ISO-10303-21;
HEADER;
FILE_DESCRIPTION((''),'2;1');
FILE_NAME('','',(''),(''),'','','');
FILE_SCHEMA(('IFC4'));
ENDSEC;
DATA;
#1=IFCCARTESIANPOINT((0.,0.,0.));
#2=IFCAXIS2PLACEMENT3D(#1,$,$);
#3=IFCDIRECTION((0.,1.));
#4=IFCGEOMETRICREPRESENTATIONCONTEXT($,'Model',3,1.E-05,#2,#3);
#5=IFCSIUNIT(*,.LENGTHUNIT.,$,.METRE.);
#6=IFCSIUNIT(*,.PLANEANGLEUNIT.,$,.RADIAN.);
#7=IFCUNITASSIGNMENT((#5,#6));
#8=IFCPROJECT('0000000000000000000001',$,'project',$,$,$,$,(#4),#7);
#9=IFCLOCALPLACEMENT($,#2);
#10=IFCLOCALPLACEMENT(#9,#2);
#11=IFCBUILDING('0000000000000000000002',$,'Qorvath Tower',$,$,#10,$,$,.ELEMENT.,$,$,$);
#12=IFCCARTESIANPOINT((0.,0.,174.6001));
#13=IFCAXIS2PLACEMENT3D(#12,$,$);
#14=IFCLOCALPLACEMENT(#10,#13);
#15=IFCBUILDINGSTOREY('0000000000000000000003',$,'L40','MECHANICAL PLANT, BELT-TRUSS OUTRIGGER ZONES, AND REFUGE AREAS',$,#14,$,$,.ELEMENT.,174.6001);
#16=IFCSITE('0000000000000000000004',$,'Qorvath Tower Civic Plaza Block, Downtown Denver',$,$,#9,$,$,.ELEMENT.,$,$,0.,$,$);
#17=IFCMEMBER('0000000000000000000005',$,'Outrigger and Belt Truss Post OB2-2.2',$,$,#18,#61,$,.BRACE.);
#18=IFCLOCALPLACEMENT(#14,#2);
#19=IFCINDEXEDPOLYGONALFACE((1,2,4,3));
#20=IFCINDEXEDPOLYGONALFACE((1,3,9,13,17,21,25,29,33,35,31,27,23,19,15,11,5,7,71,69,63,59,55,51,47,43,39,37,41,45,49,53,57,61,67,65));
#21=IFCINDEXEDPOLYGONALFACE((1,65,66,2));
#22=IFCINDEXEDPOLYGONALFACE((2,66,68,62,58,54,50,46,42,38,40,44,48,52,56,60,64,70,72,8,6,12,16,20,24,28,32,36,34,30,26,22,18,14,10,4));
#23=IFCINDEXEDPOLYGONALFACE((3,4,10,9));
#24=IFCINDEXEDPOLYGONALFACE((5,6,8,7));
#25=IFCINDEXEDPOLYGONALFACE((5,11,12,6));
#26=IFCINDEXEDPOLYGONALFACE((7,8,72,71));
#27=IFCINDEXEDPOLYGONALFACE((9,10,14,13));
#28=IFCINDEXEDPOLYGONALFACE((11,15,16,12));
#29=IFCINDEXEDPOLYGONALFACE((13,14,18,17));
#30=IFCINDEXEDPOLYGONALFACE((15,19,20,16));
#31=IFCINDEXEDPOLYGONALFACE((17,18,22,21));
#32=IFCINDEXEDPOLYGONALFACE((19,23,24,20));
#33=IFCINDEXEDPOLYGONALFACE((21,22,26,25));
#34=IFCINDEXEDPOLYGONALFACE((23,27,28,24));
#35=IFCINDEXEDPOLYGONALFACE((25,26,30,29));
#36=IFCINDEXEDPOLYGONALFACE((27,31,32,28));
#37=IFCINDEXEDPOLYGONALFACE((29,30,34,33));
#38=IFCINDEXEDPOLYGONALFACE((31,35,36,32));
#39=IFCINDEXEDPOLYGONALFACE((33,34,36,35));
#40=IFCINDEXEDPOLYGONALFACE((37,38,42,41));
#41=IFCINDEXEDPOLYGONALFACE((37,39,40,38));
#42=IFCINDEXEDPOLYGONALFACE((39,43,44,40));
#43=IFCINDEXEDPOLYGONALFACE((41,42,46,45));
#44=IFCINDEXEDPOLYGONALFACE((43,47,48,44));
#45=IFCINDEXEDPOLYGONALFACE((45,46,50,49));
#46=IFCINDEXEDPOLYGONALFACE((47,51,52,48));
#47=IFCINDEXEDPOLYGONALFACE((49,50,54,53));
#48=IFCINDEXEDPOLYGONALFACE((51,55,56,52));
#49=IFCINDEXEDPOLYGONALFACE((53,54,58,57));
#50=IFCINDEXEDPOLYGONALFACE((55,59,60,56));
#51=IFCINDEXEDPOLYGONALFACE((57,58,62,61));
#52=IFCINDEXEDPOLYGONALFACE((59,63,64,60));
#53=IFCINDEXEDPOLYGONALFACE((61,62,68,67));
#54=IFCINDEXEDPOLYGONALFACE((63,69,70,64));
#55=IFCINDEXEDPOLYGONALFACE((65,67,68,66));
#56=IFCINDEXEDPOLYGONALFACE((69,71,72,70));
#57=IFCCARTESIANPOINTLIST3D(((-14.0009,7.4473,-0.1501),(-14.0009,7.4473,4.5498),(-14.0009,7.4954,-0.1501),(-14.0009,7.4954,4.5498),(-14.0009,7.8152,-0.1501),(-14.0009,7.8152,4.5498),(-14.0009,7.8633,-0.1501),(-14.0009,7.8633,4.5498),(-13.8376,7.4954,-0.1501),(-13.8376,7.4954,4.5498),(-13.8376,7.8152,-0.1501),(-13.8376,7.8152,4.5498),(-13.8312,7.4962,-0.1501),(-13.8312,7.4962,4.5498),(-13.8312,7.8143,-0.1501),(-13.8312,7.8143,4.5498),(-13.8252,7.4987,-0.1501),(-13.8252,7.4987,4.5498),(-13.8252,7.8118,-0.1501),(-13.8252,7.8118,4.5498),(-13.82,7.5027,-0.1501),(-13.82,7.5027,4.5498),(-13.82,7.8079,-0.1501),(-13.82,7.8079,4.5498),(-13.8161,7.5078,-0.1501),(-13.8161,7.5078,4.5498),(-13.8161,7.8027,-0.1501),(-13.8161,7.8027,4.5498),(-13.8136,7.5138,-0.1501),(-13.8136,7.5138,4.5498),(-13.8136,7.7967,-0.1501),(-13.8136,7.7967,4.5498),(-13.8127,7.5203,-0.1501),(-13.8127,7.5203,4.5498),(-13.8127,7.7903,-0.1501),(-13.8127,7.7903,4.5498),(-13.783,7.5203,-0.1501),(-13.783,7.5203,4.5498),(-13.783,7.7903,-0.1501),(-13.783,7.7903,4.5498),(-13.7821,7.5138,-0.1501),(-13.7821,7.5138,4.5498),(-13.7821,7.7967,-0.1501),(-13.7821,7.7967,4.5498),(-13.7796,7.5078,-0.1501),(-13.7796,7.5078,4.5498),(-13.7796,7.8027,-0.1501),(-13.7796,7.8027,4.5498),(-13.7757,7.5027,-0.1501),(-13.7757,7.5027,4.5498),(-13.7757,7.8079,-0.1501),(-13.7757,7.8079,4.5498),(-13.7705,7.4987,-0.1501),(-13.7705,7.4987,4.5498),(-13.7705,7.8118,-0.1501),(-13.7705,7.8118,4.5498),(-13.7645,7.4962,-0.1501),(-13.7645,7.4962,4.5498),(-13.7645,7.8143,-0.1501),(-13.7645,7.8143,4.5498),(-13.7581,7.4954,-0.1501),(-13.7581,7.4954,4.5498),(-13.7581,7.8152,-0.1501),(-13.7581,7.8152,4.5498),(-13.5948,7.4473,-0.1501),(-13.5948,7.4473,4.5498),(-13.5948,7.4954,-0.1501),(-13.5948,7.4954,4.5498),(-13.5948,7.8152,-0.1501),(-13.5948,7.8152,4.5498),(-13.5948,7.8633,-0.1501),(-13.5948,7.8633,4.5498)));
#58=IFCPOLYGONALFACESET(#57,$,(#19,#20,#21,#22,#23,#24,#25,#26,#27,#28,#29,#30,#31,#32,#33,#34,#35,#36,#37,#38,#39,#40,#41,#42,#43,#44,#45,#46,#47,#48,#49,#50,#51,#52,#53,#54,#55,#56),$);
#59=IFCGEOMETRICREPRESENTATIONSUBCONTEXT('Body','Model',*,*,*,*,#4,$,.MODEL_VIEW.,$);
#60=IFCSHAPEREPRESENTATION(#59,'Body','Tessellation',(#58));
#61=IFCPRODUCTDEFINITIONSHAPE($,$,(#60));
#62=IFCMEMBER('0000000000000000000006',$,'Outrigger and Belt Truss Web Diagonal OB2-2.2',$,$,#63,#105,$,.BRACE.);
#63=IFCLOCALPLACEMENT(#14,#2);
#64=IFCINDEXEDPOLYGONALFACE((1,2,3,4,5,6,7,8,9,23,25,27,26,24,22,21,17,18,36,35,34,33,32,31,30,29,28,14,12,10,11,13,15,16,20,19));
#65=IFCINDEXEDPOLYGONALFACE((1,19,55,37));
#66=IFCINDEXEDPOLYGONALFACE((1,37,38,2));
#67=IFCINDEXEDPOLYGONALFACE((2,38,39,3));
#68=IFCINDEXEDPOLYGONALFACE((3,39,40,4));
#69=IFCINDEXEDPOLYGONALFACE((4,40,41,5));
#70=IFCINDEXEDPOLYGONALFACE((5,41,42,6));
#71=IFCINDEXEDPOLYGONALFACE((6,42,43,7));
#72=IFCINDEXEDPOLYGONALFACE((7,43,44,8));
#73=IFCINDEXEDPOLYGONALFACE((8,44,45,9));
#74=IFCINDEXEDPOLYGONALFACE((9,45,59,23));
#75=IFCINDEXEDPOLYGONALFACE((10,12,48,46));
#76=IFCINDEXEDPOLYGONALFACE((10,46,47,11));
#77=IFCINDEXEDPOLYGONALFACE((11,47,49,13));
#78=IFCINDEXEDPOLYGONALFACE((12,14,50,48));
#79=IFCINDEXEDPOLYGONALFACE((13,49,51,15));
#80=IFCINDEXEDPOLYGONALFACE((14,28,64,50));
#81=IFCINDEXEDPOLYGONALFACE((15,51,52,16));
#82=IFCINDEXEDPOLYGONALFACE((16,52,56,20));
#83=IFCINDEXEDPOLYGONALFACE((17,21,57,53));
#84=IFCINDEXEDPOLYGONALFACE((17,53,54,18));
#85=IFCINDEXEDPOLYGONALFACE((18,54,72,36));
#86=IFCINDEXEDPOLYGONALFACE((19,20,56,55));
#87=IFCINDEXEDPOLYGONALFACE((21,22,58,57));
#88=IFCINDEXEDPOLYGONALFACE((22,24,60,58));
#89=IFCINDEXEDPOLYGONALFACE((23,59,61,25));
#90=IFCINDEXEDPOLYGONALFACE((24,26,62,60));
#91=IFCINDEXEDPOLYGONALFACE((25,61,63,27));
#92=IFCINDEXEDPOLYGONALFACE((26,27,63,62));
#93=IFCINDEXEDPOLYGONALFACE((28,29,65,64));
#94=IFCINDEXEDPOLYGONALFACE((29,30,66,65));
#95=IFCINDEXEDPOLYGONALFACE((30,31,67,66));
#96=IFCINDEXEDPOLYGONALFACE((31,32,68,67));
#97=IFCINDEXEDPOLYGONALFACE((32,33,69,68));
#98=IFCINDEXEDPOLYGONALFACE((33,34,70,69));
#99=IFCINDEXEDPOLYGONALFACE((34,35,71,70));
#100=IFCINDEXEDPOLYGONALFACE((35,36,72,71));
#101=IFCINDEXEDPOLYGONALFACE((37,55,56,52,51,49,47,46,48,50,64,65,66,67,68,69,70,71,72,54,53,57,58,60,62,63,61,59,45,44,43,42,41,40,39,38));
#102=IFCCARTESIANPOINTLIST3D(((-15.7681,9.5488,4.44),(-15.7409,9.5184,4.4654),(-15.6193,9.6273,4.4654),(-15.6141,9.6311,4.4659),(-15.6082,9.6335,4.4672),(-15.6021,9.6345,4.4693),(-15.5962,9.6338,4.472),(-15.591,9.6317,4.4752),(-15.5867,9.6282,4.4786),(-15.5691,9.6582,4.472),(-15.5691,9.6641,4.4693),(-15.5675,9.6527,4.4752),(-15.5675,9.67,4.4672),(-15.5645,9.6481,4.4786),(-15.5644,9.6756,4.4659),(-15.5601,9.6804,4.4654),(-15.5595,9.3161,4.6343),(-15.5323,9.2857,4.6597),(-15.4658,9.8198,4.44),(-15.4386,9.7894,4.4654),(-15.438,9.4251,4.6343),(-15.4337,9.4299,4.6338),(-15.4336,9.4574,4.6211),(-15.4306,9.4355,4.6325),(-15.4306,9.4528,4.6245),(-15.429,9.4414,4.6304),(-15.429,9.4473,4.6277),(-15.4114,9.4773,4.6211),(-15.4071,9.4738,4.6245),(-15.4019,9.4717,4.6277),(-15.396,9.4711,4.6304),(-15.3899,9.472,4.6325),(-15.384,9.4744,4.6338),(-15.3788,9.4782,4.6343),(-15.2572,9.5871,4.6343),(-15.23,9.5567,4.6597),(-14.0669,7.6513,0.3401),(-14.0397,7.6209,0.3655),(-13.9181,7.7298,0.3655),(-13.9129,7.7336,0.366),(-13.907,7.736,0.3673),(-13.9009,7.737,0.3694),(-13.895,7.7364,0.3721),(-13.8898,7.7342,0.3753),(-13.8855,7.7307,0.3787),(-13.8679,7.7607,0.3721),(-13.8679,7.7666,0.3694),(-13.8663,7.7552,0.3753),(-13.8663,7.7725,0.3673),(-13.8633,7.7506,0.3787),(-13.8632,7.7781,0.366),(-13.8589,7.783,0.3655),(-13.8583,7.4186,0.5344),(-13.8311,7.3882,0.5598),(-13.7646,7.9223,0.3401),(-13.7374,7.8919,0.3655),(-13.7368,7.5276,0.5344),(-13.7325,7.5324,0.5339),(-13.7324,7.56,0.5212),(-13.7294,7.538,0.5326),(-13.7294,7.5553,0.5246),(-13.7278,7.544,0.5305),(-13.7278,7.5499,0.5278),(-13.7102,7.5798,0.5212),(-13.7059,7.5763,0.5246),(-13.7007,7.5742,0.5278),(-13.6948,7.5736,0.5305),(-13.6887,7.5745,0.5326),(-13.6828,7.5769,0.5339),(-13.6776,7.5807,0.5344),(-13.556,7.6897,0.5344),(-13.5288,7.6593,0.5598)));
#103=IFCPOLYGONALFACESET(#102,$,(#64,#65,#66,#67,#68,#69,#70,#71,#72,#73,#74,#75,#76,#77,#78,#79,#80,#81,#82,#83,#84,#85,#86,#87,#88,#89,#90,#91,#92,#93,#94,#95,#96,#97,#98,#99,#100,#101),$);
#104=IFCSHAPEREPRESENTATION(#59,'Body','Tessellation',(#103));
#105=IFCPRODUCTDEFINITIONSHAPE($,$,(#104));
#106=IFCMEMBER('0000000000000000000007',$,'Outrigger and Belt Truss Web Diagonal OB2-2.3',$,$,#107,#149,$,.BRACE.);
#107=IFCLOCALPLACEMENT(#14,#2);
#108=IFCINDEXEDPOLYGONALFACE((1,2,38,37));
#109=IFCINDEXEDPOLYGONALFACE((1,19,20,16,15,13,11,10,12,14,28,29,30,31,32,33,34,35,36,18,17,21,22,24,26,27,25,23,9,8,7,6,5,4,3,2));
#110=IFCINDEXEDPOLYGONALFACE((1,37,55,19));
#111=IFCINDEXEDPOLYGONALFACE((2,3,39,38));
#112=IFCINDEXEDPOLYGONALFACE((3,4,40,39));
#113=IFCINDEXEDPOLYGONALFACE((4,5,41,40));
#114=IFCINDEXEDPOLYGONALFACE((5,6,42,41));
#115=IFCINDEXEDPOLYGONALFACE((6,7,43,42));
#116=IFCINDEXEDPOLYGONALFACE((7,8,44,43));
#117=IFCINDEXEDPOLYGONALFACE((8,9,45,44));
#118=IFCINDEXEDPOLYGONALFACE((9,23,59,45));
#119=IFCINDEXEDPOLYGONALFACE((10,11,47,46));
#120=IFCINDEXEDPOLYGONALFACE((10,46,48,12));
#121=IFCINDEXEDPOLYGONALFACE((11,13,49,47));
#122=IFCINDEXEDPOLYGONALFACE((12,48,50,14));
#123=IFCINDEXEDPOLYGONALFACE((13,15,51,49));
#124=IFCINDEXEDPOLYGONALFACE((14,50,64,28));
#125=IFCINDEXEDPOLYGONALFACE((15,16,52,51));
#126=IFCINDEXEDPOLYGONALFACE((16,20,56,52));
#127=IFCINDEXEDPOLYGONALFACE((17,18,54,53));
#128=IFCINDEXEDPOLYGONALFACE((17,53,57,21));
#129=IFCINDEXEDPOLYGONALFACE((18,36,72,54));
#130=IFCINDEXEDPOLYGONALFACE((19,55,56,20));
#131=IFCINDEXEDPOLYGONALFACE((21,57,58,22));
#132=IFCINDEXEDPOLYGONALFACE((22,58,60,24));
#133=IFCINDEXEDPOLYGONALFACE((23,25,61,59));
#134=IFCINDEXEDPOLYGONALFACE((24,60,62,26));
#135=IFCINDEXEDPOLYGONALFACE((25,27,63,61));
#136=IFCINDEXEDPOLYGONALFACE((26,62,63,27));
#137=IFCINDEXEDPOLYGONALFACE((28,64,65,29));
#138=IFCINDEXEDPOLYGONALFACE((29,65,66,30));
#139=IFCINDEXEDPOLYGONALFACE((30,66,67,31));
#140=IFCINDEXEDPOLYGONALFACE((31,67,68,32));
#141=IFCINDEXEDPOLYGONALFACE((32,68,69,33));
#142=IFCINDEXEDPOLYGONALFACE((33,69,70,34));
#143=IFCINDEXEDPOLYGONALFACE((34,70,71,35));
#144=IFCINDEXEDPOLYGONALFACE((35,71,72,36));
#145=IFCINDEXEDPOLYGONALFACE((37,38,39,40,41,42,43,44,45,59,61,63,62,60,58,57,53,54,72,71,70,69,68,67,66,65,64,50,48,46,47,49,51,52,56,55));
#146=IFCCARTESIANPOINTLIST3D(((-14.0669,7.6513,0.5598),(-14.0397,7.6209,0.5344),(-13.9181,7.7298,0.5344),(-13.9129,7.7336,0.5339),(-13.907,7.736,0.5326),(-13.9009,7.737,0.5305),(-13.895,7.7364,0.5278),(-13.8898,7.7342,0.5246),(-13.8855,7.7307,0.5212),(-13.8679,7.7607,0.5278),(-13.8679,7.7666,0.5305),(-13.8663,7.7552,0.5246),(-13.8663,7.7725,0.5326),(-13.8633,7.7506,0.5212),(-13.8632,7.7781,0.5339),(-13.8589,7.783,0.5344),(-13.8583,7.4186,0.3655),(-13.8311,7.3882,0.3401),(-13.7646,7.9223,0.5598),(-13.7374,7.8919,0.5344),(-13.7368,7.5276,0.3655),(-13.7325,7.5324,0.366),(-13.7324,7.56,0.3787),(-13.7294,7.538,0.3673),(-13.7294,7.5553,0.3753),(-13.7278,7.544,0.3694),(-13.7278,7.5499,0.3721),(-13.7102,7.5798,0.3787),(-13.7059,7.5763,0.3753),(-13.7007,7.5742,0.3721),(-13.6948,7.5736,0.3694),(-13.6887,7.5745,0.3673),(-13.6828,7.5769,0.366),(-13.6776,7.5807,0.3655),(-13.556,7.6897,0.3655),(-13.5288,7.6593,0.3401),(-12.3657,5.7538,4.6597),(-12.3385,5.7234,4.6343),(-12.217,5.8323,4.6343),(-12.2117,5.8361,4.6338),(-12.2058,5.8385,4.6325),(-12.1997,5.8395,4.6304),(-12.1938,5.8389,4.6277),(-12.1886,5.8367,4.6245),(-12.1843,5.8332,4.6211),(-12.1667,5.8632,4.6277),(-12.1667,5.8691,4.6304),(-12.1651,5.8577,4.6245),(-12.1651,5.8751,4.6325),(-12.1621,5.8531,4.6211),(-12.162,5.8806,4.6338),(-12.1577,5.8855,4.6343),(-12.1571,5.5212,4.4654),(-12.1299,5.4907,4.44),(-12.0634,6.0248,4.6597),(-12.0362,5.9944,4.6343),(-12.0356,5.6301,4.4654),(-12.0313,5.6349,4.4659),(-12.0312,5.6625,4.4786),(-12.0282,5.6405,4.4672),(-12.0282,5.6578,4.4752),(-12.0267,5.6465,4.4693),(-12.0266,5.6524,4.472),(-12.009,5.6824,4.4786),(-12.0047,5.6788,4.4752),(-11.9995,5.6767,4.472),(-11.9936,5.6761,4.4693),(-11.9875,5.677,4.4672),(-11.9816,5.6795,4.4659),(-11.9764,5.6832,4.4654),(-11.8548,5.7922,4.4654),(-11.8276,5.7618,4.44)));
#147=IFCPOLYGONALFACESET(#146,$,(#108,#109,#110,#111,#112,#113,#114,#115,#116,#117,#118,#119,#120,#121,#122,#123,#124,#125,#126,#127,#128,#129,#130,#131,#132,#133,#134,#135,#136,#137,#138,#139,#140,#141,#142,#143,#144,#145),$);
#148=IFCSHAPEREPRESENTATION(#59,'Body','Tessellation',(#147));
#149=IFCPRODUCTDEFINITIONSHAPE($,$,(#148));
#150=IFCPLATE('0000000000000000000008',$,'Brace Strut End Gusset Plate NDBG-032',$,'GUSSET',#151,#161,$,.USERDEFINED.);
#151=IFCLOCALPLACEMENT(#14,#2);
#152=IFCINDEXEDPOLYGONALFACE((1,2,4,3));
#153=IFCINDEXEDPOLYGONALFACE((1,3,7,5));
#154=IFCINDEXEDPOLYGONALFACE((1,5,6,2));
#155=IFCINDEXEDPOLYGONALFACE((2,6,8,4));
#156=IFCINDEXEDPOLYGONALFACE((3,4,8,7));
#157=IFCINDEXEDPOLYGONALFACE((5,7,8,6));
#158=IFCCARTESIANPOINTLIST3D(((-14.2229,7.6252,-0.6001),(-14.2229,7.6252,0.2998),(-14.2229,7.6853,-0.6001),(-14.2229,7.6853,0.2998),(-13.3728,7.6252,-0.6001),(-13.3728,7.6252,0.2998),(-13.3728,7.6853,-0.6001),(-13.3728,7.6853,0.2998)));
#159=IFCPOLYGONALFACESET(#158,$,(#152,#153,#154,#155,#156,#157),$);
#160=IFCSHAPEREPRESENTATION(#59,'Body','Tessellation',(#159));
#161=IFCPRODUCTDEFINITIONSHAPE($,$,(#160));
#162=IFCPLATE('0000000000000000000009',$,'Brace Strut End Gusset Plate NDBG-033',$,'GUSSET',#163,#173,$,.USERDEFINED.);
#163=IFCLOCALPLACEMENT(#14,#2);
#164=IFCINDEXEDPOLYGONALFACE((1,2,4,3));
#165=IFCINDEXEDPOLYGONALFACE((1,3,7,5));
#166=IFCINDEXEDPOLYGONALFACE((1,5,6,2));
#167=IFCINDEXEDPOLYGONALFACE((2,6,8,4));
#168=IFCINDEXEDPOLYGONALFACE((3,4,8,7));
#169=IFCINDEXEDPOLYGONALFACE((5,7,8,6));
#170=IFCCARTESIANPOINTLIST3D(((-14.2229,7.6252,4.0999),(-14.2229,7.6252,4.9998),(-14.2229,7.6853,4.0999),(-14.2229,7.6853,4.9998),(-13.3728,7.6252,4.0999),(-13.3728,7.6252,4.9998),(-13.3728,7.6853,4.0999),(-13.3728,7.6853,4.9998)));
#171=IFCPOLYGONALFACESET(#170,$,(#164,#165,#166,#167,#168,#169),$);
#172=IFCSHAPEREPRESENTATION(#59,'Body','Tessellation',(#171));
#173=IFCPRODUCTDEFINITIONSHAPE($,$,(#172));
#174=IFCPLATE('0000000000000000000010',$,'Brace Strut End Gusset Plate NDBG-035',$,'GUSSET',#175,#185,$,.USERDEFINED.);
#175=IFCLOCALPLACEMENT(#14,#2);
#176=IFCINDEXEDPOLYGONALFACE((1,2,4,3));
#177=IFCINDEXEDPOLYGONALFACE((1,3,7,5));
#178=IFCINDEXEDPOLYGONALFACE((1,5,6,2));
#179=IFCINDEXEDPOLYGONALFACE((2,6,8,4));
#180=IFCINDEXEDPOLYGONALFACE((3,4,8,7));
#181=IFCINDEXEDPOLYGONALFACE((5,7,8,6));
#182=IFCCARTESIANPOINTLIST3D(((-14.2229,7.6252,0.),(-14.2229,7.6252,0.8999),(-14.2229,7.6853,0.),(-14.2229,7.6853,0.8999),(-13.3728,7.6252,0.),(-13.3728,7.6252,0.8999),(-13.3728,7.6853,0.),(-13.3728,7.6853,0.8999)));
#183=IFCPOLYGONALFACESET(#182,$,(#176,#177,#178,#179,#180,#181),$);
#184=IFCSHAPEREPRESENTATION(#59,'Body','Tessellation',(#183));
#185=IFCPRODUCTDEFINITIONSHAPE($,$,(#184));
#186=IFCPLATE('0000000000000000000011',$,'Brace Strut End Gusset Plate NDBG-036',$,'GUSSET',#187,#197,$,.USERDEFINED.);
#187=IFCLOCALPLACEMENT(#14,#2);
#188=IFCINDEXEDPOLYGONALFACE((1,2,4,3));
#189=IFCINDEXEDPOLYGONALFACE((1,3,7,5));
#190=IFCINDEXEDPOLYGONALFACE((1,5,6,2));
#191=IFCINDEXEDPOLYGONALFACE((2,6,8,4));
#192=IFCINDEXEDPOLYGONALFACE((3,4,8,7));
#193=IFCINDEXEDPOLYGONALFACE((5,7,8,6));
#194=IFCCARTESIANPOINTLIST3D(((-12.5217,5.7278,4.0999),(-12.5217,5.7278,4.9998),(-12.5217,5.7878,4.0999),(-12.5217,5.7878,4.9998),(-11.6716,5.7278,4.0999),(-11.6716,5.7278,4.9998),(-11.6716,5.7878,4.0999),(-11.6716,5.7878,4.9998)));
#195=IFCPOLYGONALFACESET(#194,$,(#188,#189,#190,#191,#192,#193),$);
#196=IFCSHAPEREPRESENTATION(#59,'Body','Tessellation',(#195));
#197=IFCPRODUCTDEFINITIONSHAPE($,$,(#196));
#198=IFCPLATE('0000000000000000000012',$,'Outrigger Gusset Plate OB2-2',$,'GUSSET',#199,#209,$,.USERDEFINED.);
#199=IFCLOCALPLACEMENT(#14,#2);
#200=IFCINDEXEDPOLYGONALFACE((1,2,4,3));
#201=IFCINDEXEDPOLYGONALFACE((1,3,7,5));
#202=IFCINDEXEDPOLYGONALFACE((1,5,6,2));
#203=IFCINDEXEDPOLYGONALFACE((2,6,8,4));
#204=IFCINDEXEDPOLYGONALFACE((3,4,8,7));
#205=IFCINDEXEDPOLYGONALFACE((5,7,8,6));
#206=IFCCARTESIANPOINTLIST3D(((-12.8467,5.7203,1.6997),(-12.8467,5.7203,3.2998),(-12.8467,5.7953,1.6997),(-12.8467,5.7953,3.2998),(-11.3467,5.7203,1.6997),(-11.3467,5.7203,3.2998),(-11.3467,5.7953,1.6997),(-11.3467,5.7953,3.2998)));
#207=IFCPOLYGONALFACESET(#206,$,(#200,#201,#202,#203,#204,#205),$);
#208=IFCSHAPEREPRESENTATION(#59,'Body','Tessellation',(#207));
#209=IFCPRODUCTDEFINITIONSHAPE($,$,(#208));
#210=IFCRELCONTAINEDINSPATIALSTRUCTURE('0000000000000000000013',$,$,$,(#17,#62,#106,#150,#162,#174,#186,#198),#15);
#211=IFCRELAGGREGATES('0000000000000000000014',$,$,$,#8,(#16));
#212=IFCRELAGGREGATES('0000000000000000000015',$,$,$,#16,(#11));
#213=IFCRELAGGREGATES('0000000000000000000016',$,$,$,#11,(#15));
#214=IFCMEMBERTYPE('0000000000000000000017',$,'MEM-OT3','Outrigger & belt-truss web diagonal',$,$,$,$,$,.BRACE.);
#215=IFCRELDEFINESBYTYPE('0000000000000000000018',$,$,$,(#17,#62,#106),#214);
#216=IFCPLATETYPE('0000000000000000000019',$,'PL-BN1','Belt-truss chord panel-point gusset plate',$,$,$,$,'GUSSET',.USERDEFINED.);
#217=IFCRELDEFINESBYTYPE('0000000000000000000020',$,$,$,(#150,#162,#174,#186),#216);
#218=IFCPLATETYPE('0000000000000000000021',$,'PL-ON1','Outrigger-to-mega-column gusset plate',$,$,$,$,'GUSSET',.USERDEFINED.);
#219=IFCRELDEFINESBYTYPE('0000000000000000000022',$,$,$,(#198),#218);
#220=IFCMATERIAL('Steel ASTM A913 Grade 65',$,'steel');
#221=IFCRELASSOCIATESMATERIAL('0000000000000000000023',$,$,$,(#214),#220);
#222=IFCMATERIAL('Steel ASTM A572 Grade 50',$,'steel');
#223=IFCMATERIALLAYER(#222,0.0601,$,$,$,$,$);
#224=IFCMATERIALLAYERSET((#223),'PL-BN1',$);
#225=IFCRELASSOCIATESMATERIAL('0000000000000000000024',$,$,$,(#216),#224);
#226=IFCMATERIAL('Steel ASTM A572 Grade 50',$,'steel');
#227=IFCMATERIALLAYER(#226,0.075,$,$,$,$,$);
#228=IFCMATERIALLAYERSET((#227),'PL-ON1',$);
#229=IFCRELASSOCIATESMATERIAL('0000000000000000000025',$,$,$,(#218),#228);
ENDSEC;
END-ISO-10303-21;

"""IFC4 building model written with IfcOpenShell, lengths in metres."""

from ifc_helpers import new_model, si_unit, direction, frame, origin, origin_2d, place, context, subcontext, project, spatial, rectangle, i_section, extrude, material, layer, layer_set, material_profile, profile_set, type_object, element, save


model = new_model("IFC4")

# Units and contexts
model_context = context("Model", 3, precision=1e-05, world=origin(), true_north=direction((0.0, 1.0)))
body_context = subcontext(model_context, "Body", "Model", "MODEL_VIEW")
ifc_project = project(units=[si_unit("LENGTHUNIT", "METRE"), si_unit("PLANEANGLEUNIT", "RADIAN")], contexts=[model_context])

# Site, building, storey
site_placement = place(None, origin())
site = spatial("IfcSite", under=ifc_project, at=site_placement, Name="Qorvath Tower Civic Plaza Block, Downtown Denver", CompositionType="ELEMENT", RefElevation=0.0)
building_placement = place(site_placement, origin())
building = spatial("IfcBuilding", under=site, at=building_placement, Name="Qorvath Tower", CompositionType="ELEMENT")
storey_placement = place(building_placement, frame((0.0, 0.0, 174.6001)))
storey = spatial("IfcBuildingStorey", under=building, at=storey_placement, Name="L40", Description="MECHANICAL PLANT, BELT-TRUSS OUTRIGGER ZONES, AND REFUGE AREAS", CompositionType="ELEMENT", Elevation=174.6001)

# Members
ifc_material_1 = material(Name="Steel ASTM A913 Grade 65", Category="steel")
ifc_material_profile_1 = material_profile(ifc_material_1, i_section(OverallWidth=0.406, OverallDepth=0.416, WebThickness=0.0298, FlangeThickness=0.0481, FilletRadius=0.0249, at=origin_2d()), Name="W14x257")
ifc_profile_set_1 = profile_set([ifc_material_profile_1], Name="Steel ASTM A913 Grade 65")
member_type_1 = type_object("IfcMemberType", Name="MEM-OT3", Description="Outrigger & belt-truss web diagonal", PredefinedType="BRACE", material=ifc_profile_set_1)
member_1_placement = place(storey_placement, frame((-13.7979, 7.6553, -0.1501), z_axis=(0.0, 0.0, 1.0), x_axis=(1.0, 0.0, 0.0)))
element("IfcMember", 1, at=member_1_placement, inside=storey, type_object=member_type_1, Name="Outrigger and Belt Truss Post OB2-2.2", PredefinedType="BRACE", context=body_context, shape_type="SweptSolid", body=[
    extrude(i_section(OverallWidth=0.406, OverallDepth=0.416, WebThickness=0.0298, FlangeThickness=0.0481, FilletRadius=0.0249, at=origin_2d()), origin(), (0.0, 0.0, 1.0), 4.7),
])
for number, where, z_axis, x_axis, name in (
    (2, (-13.7979, 7.6553, 0.45), (-0.352404, 0.393066, 0.8493), (-0.744569, -0.667545, 0.0), "Outrigger and Belt Truss Web Diagonal OB2-2.2"),
    (3, (-13.7979, 7.6553, 0.45), (0.352404, -0.393066, 0.8493), (0.744569, 0.667545, 0.0), "Outrigger and Belt Truss Web Diagonal OB2-2.3"),
):
    element("IfcMember", number, at=place(storey_placement, frame(where, z_axis=z_axis, x_axis=x_axis)), inside=storey, type_object=member_type_1, Name=name, PredefinedType="BRACE", context=body_context, shape_type="SweptSolid", body=[
        extrude(i_section(OverallWidth=0.406, OverallDepth=0.416, WebThickness=0.0298, FlangeThickness=0.0481, FilletRadius=0.0249, at=origin_2d()), origin(), (0.0, 0.0, 1.0), 4.8274),
    ])

# Plates
ifc_material_2 = material(Name="Steel ASTM A572 Grade 50", Category="steel")
ifc_layer_1 = layer(ifc_material_2, 0.0601)
ifc_layer_set_1 = layer_set([ifc_layer_1], Name="PL-BN1")
plate_type_1 = type_object("IfcPlateType", Name="PL-BN1", Description="Belt-truss chord panel-point gusset plate", ElementType="GUSSET", PredefinedType="USERDEFINED", material=ifc_layer_set_1)
for number, where, z_axis, x_axis, name in (
    (4, (-13.7979, 7.6553, -0.6001), (0.0, 0.0, 1.0), (1.0, 0.0, 0.0), "Brace Strut End Gusset Plate NDBG-032"),
    (5, (-13.7979, 7.6553, 4.0999), (0.0, 0.0, 1.0), (1.0, 0.0, 0.0), "Brace Strut End Gusset Plate NDBG-033"),
    (6, (-13.7979, 7.6553, 0.0), (0.0, 0.0, 1.0), (1.0, 0.0, 0.0), "Brace Strut End Gusset Plate NDBG-035"),
    (7, (-12.0967, 5.7578, 4.0999), (0.0, 0.0, 1.0), (1.0, 0.0, 0.0), "Brace Strut End Gusset Plate NDBG-036"),
):
    element("IfcPlate", number, at=place(storey_placement, frame(where, z_axis=z_axis, x_axis=x_axis)), inside=storey, type_object=plate_type_1, Name=name, ObjectType="GUSSET", PredefinedType="USERDEFINED", context=body_context, shape_type="SweptSolid", body=[
        extrude(rectangle(XDim=0.8501, YDim=0.0601, at=origin_2d()), origin(), (0.0, 0.0, 1.0), 0.8999),
    ])
ifc_material_3 = material(Name="Steel ASTM A572 Grade 50", Category="steel")
ifc_layer_2 = layer(ifc_material_3, 0.075)
ifc_layer_set_2 = layer_set([ifc_layer_2], Name="PL-ON1")
plate_type_2 = type_object("IfcPlateType", Name="PL-ON1", Description="Outrigger-to-mega-column gusset plate", ElementType="GUSSET", PredefinedType="USERDEFINED", material=ifc_layer_set_2)
plate_placement = place(storey_placement, frame((-12.0967, 5.7578, 1.6997), z_axis=(0.0, 0.0, 1.0), x_axis=(1.0, 0.0, 0.0)))
element("IfcPlate", 8, at=plate_placement, inside=storey, type_object=plate_type_2, Name="Outrigger Gusset Plate OB2-2", ObjectType="GUSSET", PredefinedType="USERDEFINED", context=body_context, shape_type="SweptSolid", body=[
    extrude(rectangle(XDim=1.5, YDim=0.075, at=origin_2d()), origin(), (0.0, 0.0, 1.0), 1.6001),
])

save(model, "model.ifc")
